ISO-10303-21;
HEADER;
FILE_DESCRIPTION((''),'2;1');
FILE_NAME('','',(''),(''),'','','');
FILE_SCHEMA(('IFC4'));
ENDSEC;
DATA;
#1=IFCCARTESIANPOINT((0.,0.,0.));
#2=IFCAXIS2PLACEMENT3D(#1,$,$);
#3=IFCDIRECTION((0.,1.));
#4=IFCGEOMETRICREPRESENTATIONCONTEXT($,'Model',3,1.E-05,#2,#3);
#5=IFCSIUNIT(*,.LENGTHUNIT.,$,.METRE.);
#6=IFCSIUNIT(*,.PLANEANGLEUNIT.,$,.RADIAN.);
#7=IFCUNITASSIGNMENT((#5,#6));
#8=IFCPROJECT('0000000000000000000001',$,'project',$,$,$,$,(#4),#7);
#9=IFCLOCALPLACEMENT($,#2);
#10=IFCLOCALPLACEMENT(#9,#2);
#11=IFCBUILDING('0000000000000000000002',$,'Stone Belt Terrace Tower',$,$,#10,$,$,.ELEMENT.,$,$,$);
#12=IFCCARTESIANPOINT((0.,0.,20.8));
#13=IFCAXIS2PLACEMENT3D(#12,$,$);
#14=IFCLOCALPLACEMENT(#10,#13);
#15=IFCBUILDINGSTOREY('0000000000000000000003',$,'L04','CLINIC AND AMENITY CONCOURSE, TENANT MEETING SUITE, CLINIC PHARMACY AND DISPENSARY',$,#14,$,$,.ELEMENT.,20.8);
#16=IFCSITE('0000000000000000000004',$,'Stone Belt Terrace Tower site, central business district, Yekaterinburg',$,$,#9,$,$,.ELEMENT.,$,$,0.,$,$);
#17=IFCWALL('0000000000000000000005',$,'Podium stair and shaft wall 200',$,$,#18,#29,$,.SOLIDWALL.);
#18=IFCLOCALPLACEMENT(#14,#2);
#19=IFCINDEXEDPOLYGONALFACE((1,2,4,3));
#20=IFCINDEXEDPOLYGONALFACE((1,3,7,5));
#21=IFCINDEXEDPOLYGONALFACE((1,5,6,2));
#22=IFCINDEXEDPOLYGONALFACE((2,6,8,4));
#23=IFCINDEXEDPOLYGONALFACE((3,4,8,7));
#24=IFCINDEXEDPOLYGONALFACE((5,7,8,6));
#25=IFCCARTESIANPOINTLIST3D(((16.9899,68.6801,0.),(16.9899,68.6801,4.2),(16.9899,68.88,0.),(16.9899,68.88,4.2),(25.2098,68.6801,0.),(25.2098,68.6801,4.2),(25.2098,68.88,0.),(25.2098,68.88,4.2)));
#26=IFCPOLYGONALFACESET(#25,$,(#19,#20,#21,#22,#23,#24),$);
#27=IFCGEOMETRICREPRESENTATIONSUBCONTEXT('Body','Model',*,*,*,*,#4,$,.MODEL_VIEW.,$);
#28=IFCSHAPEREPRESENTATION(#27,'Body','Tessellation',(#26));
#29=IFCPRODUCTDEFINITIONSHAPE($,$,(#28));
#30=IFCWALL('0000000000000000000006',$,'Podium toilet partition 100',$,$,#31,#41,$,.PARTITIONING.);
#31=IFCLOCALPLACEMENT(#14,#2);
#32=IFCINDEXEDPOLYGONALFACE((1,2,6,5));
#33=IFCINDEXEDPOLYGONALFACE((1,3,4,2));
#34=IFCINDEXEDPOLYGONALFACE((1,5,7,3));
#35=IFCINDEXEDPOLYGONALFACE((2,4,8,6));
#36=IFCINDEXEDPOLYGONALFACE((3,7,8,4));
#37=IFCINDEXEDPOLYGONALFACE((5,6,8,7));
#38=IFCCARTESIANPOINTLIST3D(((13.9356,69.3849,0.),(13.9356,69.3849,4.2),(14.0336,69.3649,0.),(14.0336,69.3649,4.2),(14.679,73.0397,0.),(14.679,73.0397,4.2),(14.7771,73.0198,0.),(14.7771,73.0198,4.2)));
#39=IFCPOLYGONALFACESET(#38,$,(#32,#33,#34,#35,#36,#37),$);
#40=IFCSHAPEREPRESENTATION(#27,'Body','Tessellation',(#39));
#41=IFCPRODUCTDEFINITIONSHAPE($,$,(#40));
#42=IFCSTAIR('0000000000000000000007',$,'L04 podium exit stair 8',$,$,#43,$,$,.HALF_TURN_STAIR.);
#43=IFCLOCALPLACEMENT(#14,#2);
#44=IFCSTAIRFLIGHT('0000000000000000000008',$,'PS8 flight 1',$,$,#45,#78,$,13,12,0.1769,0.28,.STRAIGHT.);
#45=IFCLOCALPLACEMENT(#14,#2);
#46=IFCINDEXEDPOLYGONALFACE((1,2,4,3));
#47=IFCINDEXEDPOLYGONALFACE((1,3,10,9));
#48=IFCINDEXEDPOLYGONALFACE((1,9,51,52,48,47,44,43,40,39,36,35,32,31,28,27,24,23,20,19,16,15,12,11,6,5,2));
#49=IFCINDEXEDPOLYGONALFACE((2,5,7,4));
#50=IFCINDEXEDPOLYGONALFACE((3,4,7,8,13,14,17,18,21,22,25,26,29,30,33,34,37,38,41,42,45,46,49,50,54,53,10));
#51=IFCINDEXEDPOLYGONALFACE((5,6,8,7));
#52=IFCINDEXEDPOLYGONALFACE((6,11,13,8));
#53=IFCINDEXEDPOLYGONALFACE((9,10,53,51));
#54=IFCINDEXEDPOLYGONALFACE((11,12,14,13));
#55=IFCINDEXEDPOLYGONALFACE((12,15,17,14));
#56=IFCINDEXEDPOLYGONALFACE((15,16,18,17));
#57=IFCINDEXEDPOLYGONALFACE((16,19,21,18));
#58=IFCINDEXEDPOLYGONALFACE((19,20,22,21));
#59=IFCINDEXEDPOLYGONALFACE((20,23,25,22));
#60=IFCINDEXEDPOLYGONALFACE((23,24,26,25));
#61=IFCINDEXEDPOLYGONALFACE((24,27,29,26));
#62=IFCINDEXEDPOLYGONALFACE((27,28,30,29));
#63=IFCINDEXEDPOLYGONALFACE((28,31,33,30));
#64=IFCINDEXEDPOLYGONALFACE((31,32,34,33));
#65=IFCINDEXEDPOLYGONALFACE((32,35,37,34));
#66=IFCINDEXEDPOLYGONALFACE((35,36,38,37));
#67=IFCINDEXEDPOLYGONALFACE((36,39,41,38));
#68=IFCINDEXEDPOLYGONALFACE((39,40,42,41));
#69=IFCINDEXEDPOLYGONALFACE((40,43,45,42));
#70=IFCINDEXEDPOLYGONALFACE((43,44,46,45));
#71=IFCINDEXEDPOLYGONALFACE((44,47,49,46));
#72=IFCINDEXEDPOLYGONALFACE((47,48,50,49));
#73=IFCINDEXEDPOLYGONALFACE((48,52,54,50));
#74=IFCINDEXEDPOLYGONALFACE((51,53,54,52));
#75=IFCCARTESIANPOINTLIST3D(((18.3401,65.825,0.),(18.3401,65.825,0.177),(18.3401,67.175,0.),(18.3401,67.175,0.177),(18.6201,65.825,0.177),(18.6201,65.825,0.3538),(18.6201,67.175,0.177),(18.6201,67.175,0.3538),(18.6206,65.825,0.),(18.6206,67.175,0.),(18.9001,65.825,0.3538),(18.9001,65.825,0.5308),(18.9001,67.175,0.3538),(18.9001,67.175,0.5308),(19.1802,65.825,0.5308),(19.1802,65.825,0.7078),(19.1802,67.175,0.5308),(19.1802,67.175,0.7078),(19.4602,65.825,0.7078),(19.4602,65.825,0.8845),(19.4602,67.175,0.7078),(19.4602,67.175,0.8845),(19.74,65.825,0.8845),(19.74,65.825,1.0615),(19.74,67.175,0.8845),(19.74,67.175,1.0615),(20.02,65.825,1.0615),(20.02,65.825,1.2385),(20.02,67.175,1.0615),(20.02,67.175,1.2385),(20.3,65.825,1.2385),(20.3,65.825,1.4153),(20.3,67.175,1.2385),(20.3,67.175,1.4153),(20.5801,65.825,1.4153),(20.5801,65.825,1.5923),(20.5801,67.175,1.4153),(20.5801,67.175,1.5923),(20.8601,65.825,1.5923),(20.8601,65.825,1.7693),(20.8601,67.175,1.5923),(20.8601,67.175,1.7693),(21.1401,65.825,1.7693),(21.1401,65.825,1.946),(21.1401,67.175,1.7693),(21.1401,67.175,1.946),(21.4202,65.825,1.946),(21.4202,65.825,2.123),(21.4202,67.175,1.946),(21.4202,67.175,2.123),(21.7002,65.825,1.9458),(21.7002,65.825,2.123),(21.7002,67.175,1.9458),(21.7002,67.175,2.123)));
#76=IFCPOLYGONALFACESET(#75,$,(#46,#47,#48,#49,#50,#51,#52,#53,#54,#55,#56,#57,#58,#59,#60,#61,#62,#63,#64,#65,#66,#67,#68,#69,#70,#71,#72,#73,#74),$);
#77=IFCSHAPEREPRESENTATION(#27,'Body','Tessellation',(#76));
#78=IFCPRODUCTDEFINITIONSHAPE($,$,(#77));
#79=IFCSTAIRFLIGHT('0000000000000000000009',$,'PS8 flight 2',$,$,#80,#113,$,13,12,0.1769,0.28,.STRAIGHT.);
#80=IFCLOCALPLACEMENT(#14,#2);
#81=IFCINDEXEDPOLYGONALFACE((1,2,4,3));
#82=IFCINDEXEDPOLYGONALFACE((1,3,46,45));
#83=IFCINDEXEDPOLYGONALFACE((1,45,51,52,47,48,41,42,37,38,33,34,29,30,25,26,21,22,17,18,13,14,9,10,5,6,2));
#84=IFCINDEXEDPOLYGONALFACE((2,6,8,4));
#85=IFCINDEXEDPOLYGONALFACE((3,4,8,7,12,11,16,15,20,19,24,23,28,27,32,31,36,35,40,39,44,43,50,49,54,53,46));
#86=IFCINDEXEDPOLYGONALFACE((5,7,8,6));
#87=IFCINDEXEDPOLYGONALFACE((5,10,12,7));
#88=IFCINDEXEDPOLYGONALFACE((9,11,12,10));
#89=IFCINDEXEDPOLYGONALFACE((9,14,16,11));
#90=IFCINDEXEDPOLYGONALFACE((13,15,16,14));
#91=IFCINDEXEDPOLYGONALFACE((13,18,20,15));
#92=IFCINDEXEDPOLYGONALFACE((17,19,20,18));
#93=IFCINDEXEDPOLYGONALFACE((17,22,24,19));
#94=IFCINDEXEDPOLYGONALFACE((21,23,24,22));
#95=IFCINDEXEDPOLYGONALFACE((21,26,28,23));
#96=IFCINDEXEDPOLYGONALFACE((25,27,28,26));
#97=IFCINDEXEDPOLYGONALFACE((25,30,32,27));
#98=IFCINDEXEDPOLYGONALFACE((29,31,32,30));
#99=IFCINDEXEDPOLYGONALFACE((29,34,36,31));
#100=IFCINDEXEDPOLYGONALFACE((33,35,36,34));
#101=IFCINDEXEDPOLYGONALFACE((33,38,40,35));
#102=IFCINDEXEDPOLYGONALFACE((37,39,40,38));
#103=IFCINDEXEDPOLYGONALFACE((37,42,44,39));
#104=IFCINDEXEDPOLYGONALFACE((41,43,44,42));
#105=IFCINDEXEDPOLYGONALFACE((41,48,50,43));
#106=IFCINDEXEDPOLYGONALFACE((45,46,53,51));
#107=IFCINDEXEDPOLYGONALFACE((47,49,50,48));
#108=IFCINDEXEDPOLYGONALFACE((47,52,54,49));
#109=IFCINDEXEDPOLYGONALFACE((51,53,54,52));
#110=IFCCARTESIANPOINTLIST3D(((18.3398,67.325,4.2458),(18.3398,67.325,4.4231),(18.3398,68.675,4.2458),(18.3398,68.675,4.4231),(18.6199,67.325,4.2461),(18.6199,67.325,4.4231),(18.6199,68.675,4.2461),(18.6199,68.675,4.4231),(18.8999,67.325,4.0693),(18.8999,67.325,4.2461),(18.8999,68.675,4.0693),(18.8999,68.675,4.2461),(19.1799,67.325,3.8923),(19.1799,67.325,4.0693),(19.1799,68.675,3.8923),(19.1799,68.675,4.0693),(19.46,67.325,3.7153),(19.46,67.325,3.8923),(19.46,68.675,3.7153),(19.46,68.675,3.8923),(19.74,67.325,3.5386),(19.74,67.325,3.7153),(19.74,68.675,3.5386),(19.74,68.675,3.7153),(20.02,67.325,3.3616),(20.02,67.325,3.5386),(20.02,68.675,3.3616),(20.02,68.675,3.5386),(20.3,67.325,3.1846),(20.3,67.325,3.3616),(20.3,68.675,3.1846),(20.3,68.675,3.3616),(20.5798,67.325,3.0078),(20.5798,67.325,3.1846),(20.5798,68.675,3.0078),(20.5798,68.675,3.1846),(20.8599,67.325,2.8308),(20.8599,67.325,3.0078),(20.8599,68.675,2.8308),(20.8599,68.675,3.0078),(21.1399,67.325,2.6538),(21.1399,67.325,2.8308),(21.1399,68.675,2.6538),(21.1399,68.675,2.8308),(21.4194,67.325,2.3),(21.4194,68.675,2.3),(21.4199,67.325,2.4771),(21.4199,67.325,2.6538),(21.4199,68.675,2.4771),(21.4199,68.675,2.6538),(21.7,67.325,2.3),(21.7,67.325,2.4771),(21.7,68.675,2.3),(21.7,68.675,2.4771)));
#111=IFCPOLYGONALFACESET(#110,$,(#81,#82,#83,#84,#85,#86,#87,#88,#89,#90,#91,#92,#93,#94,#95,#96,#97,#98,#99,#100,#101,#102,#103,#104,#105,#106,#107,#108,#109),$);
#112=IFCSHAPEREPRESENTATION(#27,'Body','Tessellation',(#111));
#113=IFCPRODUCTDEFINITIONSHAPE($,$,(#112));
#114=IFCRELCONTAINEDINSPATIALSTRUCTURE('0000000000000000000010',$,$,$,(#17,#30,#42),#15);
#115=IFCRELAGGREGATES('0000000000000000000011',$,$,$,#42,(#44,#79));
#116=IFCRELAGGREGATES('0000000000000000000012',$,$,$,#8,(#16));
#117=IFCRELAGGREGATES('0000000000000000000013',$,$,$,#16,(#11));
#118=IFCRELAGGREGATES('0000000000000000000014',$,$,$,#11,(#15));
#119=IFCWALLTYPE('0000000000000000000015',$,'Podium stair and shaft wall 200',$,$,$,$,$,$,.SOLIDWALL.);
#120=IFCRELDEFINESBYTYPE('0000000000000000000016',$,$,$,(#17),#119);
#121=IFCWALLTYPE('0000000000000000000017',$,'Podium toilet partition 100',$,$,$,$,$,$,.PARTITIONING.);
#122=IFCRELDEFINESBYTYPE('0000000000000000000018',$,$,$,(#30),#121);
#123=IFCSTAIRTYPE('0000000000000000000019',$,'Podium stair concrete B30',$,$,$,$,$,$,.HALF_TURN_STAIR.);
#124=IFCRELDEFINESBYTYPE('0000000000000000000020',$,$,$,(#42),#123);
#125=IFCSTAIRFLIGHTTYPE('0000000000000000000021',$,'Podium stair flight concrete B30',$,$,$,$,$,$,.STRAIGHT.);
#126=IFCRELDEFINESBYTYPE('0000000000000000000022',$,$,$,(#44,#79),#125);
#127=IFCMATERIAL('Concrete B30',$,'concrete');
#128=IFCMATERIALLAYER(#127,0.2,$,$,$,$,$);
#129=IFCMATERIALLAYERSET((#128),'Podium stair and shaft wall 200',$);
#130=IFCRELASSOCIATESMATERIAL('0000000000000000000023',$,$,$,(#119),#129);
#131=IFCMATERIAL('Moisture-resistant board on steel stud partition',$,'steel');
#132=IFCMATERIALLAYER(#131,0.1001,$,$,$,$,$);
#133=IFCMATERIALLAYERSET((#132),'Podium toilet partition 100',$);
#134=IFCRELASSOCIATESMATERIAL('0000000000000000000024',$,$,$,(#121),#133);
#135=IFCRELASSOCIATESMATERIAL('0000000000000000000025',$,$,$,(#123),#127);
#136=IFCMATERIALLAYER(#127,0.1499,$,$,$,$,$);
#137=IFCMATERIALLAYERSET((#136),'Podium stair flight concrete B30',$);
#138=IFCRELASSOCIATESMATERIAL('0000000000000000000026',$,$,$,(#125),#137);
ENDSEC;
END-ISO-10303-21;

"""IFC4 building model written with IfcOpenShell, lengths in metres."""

from ifc_helpers import new_model, si_unit, direction, frame, frame_2d, origin, place, context, subcontext, project, spatial, polyline, rectangle, outline, extrude, material, layer, layer_set, type_object, element, aggregate, save


model = new_model("IFC4")

# Units and contexts
model_context = context("Model", 3, precision=1e-05, world=origin(), true_north=direction((0.0, 1.0)))
body_context = subcontext(model_context, "Body", "Model", "MODEL_VIEW")
ifc_project = project(units=[si_unit("LENGTHUNIT", "METRE"), si_unit("PLANEANGLEUNIT", "RADIAN")], contexts=[model_context])

# Site, building, storey
site_placement = place(None, origin())
site = spatial("IfcSite", under=ifc_project, at=site_placement, Name="Stone Belt Terrace Tower site, central business district, Yekaterinburg", CompositionType="ELEMENT", RefElevation=0.0)
building_placement = place(site_placement, origin())
building = spatial("IfcBuilding", under=site, at=building_placement, Name="Stone Belt Terrace Tower", CompositionType="ELEMENT")
storey_placement = place(building_placement, frame((0.0, 0.0, 20.8)))
storey = spatial("IfcBuildingStorey", under=building, at=storey_placement, Name="L04", Description="CLINIC AND AMENITY CONCOURSE, TENANT MEETING SUITE, CLINIC PHARMACY AND DISPENSARY", CompositionType="ELEMENT", Elevation=20.8)

# Shared definitions
ifc_material_1 = material(Name="Concrete B30", Category="concrete")
ifc_layer_1 = layer(ifc_material_1, 0.2)
ifc_layer_set_1 = layer_set([ifc_layer_1], Name="Podium stair and shaft wall 200")
wall_type_1 = type_object("IfcWallType", Name="Podium stair and shaft wall 200", PredefinedType="SOLIDWALL", material=ifc_layer_set_1)

# Walls
for number, where, z_axis, x_axis, name in (
    (1, (16.99, 68.78, 0.0), (0.0, 0.0, 1.0), (1.0, 0.0, 0.0), "Podium stair and shaft wall 200"),
):
    element("IfcWall", number, at=place(storey_placement, frame(where, z_axis=z_axis, x_axis=x_axis)), inside=storey, type_object=wall_type_1, Name=name, PredefinedType="SOLIDWALL", context=body_context, shape_type="SweptSolid", body=[
        extrude(rectangle(XDim=8.22, YDim=0.2, at=frame_2d((4.1099, 0.0))), origin(), (0.0, 0.0, 1.0), 4.2),
    ])
ifc_material_2 = material(Name="Moisture-resistant board on steel stud partition", Category="steel")
ifc_layer_2 = layer(ifc_material_2, 0.1001)
ifc_layer_set_2 = layer_set([ifc_layer_2], Name="Podium toilet partition 100")
wall_type_2 = type_object("IfcWallType", Name="Podium toilet partition 100", PredefinedType="PARTITIONING", material=ifc_layer_set_2)
wall_1_placement = place(storey_placement, frame((13.9846, 69.375, 0.0), z_axis=(0.0, 0.0, 1.0), x_axis=(0.199325, 0.979933, 0.0)))
element("IfcWall", 2, at=wall_1_placement, inside=storey, type_object=wall_type_2, Name="Podium toilet partition 100", PredefinedType="PARTITIONING", context=body_context, shape_type="SweptSolid", body=[
    extrude(rectangle(XDim=3.7297, YDim=0.1001, at=frame_2d((1.8647, 0.0))), origin(), (0.0, 0.0, 1.0), 4.2),
])

# Stair, stair flights
stair_type = type_object("IfcStairType", Name="Podium stair concrete B30", PredefinedType="HALF_TURN_STAIR", material=ifc_material_1)
stair_placement = place(storey_placement, origin())
stair = element("IfcStair", 3, at=stair_placement, inside=storey, type_object=stair_type, Name="L04 podium exit stair 8", PredefinedType="HALF_TURN_STAIR")
ifc_layer_3 = layer(ifc_material_1, 0.1499)
ifc_layer_set_3 = layer_set([ifc_layer_3], Name="Podium stair flight concrete B30")
stair_flight_type = type_object("IfcStairFlightType", Name="Podium stair flight concrete B30", PredefinedType="STRAIGHT", material=ifc_layer_set_3)
stair_flight_1_placement = place(storey_placement, frame((18.3401, 66.5, 0.0), z_axis=(0.0, 0.0, 1.0), x_axis=(1.0, 0.0, 0.0)))
stair_flight_1 = element("IfcStairFlight", 4, at=stair_flight_1_placement, type_object=stair_flight_type, Name="PS8 flight 1", NumberOfRisers=13, NumberOfTreads=12, PredefinedType="STRAIGHT", RiserHeight=0.1769, TreadLength=0.28, context=body_context, shape_type="SweptSolid", body=[
    extrude(outline(polyline([(0.0, 0.0), (0.0, 0.177), (0.28, 0.177), (0.28, 0.3538), (0.5601, 0.3538), (0.5601, 0.5308), (0.8401, 0.5308), (0.8401, 0.7078), (1.1201, 0.7078), (1.1201, 0.8845), (1.3999, 0.8845), (1.3999, 1.0615), (1.6799, 1.0615), (1.6799, 1.2385), (1.96, 1.2385), (1.96, 1.4153), (2.24, 1.4153), (2.24, 1.5923), (2.52, 1.5923), (2.52, 1.7693), (2.8, 1.7693), (2.8, 1.946), (3.0801, 1.946), (3.0801, 2.123), (3.3601, 2.123), (3.3601, 2.3), (3.3601, 1.9458), (0.2805, 0.0), (0.0, 0.0)])), frame((0.0, 0.675, 0.0), z_axis=(0.0, -1.0, 0.0), x_axis=(1.0, 0.0, 0.0)), (0.0, 0.0, 1.0), 1.3501),
])
stair_flight_2_placement = place(storey_placement, frame((21.7, 68.0, 2.3), z_axis=(0.0, 0.0, 1.0), x_axis=(-1.0, 0.0, 0.0)))
stair_flight_2 = element("IfcStairFlight", 5, at=stair_flight_2_placement, type_object=stair_flight_type, Name="PS8 flight 2", NumberOfRisers=13, NumberOfTreads=12, PredefinedType="STRAIGHT", RiserHeight=0.1769, TreadLength=0.28, context=body_context, shape_type="SweptSolid", body=[
    extrude(outline(polyline([(0.0, 0.0), (0.0, 0.177), (0.28, 0.177), (0.28, 0.3538), (0.5601, 0.3538), (0.5601, 0.5308), (0.8401, 0.5308), (0.8401, 0.7078), (1.1201, 0.7078), (1.1201, 0.8845), (1.3999, 0.8845), (1.3999, 1.0615), (1.6799, 1.0615), (1.6799, 1.2385), (1.96, 1.2385), (1.96, 1.4153), (2.24, 1.4153), (2.24, 1.5923), (2.52, 1.5923), (2.52, 1.7693), (2.8, 1.7693), (2.8, 1.946), (3.0801, 1.946), (3.0801, 2.123), (3.3601, 2.123), (3.3601, 2.3), (3.3601, 1.9458), (0.2805, 0.0), (0.0, 0.0)])), frame((0.0, 0.675, 0.0), z_axis=(0.0, -1.0, 0.0), x_axis=(1.0, 0.0, 0.0)), (0.0, 0.0, 1.0), 1.3501),
])
aggregate(stair, [stair_flight_1, stair_flight_2])

save(model, "model.ifc")
